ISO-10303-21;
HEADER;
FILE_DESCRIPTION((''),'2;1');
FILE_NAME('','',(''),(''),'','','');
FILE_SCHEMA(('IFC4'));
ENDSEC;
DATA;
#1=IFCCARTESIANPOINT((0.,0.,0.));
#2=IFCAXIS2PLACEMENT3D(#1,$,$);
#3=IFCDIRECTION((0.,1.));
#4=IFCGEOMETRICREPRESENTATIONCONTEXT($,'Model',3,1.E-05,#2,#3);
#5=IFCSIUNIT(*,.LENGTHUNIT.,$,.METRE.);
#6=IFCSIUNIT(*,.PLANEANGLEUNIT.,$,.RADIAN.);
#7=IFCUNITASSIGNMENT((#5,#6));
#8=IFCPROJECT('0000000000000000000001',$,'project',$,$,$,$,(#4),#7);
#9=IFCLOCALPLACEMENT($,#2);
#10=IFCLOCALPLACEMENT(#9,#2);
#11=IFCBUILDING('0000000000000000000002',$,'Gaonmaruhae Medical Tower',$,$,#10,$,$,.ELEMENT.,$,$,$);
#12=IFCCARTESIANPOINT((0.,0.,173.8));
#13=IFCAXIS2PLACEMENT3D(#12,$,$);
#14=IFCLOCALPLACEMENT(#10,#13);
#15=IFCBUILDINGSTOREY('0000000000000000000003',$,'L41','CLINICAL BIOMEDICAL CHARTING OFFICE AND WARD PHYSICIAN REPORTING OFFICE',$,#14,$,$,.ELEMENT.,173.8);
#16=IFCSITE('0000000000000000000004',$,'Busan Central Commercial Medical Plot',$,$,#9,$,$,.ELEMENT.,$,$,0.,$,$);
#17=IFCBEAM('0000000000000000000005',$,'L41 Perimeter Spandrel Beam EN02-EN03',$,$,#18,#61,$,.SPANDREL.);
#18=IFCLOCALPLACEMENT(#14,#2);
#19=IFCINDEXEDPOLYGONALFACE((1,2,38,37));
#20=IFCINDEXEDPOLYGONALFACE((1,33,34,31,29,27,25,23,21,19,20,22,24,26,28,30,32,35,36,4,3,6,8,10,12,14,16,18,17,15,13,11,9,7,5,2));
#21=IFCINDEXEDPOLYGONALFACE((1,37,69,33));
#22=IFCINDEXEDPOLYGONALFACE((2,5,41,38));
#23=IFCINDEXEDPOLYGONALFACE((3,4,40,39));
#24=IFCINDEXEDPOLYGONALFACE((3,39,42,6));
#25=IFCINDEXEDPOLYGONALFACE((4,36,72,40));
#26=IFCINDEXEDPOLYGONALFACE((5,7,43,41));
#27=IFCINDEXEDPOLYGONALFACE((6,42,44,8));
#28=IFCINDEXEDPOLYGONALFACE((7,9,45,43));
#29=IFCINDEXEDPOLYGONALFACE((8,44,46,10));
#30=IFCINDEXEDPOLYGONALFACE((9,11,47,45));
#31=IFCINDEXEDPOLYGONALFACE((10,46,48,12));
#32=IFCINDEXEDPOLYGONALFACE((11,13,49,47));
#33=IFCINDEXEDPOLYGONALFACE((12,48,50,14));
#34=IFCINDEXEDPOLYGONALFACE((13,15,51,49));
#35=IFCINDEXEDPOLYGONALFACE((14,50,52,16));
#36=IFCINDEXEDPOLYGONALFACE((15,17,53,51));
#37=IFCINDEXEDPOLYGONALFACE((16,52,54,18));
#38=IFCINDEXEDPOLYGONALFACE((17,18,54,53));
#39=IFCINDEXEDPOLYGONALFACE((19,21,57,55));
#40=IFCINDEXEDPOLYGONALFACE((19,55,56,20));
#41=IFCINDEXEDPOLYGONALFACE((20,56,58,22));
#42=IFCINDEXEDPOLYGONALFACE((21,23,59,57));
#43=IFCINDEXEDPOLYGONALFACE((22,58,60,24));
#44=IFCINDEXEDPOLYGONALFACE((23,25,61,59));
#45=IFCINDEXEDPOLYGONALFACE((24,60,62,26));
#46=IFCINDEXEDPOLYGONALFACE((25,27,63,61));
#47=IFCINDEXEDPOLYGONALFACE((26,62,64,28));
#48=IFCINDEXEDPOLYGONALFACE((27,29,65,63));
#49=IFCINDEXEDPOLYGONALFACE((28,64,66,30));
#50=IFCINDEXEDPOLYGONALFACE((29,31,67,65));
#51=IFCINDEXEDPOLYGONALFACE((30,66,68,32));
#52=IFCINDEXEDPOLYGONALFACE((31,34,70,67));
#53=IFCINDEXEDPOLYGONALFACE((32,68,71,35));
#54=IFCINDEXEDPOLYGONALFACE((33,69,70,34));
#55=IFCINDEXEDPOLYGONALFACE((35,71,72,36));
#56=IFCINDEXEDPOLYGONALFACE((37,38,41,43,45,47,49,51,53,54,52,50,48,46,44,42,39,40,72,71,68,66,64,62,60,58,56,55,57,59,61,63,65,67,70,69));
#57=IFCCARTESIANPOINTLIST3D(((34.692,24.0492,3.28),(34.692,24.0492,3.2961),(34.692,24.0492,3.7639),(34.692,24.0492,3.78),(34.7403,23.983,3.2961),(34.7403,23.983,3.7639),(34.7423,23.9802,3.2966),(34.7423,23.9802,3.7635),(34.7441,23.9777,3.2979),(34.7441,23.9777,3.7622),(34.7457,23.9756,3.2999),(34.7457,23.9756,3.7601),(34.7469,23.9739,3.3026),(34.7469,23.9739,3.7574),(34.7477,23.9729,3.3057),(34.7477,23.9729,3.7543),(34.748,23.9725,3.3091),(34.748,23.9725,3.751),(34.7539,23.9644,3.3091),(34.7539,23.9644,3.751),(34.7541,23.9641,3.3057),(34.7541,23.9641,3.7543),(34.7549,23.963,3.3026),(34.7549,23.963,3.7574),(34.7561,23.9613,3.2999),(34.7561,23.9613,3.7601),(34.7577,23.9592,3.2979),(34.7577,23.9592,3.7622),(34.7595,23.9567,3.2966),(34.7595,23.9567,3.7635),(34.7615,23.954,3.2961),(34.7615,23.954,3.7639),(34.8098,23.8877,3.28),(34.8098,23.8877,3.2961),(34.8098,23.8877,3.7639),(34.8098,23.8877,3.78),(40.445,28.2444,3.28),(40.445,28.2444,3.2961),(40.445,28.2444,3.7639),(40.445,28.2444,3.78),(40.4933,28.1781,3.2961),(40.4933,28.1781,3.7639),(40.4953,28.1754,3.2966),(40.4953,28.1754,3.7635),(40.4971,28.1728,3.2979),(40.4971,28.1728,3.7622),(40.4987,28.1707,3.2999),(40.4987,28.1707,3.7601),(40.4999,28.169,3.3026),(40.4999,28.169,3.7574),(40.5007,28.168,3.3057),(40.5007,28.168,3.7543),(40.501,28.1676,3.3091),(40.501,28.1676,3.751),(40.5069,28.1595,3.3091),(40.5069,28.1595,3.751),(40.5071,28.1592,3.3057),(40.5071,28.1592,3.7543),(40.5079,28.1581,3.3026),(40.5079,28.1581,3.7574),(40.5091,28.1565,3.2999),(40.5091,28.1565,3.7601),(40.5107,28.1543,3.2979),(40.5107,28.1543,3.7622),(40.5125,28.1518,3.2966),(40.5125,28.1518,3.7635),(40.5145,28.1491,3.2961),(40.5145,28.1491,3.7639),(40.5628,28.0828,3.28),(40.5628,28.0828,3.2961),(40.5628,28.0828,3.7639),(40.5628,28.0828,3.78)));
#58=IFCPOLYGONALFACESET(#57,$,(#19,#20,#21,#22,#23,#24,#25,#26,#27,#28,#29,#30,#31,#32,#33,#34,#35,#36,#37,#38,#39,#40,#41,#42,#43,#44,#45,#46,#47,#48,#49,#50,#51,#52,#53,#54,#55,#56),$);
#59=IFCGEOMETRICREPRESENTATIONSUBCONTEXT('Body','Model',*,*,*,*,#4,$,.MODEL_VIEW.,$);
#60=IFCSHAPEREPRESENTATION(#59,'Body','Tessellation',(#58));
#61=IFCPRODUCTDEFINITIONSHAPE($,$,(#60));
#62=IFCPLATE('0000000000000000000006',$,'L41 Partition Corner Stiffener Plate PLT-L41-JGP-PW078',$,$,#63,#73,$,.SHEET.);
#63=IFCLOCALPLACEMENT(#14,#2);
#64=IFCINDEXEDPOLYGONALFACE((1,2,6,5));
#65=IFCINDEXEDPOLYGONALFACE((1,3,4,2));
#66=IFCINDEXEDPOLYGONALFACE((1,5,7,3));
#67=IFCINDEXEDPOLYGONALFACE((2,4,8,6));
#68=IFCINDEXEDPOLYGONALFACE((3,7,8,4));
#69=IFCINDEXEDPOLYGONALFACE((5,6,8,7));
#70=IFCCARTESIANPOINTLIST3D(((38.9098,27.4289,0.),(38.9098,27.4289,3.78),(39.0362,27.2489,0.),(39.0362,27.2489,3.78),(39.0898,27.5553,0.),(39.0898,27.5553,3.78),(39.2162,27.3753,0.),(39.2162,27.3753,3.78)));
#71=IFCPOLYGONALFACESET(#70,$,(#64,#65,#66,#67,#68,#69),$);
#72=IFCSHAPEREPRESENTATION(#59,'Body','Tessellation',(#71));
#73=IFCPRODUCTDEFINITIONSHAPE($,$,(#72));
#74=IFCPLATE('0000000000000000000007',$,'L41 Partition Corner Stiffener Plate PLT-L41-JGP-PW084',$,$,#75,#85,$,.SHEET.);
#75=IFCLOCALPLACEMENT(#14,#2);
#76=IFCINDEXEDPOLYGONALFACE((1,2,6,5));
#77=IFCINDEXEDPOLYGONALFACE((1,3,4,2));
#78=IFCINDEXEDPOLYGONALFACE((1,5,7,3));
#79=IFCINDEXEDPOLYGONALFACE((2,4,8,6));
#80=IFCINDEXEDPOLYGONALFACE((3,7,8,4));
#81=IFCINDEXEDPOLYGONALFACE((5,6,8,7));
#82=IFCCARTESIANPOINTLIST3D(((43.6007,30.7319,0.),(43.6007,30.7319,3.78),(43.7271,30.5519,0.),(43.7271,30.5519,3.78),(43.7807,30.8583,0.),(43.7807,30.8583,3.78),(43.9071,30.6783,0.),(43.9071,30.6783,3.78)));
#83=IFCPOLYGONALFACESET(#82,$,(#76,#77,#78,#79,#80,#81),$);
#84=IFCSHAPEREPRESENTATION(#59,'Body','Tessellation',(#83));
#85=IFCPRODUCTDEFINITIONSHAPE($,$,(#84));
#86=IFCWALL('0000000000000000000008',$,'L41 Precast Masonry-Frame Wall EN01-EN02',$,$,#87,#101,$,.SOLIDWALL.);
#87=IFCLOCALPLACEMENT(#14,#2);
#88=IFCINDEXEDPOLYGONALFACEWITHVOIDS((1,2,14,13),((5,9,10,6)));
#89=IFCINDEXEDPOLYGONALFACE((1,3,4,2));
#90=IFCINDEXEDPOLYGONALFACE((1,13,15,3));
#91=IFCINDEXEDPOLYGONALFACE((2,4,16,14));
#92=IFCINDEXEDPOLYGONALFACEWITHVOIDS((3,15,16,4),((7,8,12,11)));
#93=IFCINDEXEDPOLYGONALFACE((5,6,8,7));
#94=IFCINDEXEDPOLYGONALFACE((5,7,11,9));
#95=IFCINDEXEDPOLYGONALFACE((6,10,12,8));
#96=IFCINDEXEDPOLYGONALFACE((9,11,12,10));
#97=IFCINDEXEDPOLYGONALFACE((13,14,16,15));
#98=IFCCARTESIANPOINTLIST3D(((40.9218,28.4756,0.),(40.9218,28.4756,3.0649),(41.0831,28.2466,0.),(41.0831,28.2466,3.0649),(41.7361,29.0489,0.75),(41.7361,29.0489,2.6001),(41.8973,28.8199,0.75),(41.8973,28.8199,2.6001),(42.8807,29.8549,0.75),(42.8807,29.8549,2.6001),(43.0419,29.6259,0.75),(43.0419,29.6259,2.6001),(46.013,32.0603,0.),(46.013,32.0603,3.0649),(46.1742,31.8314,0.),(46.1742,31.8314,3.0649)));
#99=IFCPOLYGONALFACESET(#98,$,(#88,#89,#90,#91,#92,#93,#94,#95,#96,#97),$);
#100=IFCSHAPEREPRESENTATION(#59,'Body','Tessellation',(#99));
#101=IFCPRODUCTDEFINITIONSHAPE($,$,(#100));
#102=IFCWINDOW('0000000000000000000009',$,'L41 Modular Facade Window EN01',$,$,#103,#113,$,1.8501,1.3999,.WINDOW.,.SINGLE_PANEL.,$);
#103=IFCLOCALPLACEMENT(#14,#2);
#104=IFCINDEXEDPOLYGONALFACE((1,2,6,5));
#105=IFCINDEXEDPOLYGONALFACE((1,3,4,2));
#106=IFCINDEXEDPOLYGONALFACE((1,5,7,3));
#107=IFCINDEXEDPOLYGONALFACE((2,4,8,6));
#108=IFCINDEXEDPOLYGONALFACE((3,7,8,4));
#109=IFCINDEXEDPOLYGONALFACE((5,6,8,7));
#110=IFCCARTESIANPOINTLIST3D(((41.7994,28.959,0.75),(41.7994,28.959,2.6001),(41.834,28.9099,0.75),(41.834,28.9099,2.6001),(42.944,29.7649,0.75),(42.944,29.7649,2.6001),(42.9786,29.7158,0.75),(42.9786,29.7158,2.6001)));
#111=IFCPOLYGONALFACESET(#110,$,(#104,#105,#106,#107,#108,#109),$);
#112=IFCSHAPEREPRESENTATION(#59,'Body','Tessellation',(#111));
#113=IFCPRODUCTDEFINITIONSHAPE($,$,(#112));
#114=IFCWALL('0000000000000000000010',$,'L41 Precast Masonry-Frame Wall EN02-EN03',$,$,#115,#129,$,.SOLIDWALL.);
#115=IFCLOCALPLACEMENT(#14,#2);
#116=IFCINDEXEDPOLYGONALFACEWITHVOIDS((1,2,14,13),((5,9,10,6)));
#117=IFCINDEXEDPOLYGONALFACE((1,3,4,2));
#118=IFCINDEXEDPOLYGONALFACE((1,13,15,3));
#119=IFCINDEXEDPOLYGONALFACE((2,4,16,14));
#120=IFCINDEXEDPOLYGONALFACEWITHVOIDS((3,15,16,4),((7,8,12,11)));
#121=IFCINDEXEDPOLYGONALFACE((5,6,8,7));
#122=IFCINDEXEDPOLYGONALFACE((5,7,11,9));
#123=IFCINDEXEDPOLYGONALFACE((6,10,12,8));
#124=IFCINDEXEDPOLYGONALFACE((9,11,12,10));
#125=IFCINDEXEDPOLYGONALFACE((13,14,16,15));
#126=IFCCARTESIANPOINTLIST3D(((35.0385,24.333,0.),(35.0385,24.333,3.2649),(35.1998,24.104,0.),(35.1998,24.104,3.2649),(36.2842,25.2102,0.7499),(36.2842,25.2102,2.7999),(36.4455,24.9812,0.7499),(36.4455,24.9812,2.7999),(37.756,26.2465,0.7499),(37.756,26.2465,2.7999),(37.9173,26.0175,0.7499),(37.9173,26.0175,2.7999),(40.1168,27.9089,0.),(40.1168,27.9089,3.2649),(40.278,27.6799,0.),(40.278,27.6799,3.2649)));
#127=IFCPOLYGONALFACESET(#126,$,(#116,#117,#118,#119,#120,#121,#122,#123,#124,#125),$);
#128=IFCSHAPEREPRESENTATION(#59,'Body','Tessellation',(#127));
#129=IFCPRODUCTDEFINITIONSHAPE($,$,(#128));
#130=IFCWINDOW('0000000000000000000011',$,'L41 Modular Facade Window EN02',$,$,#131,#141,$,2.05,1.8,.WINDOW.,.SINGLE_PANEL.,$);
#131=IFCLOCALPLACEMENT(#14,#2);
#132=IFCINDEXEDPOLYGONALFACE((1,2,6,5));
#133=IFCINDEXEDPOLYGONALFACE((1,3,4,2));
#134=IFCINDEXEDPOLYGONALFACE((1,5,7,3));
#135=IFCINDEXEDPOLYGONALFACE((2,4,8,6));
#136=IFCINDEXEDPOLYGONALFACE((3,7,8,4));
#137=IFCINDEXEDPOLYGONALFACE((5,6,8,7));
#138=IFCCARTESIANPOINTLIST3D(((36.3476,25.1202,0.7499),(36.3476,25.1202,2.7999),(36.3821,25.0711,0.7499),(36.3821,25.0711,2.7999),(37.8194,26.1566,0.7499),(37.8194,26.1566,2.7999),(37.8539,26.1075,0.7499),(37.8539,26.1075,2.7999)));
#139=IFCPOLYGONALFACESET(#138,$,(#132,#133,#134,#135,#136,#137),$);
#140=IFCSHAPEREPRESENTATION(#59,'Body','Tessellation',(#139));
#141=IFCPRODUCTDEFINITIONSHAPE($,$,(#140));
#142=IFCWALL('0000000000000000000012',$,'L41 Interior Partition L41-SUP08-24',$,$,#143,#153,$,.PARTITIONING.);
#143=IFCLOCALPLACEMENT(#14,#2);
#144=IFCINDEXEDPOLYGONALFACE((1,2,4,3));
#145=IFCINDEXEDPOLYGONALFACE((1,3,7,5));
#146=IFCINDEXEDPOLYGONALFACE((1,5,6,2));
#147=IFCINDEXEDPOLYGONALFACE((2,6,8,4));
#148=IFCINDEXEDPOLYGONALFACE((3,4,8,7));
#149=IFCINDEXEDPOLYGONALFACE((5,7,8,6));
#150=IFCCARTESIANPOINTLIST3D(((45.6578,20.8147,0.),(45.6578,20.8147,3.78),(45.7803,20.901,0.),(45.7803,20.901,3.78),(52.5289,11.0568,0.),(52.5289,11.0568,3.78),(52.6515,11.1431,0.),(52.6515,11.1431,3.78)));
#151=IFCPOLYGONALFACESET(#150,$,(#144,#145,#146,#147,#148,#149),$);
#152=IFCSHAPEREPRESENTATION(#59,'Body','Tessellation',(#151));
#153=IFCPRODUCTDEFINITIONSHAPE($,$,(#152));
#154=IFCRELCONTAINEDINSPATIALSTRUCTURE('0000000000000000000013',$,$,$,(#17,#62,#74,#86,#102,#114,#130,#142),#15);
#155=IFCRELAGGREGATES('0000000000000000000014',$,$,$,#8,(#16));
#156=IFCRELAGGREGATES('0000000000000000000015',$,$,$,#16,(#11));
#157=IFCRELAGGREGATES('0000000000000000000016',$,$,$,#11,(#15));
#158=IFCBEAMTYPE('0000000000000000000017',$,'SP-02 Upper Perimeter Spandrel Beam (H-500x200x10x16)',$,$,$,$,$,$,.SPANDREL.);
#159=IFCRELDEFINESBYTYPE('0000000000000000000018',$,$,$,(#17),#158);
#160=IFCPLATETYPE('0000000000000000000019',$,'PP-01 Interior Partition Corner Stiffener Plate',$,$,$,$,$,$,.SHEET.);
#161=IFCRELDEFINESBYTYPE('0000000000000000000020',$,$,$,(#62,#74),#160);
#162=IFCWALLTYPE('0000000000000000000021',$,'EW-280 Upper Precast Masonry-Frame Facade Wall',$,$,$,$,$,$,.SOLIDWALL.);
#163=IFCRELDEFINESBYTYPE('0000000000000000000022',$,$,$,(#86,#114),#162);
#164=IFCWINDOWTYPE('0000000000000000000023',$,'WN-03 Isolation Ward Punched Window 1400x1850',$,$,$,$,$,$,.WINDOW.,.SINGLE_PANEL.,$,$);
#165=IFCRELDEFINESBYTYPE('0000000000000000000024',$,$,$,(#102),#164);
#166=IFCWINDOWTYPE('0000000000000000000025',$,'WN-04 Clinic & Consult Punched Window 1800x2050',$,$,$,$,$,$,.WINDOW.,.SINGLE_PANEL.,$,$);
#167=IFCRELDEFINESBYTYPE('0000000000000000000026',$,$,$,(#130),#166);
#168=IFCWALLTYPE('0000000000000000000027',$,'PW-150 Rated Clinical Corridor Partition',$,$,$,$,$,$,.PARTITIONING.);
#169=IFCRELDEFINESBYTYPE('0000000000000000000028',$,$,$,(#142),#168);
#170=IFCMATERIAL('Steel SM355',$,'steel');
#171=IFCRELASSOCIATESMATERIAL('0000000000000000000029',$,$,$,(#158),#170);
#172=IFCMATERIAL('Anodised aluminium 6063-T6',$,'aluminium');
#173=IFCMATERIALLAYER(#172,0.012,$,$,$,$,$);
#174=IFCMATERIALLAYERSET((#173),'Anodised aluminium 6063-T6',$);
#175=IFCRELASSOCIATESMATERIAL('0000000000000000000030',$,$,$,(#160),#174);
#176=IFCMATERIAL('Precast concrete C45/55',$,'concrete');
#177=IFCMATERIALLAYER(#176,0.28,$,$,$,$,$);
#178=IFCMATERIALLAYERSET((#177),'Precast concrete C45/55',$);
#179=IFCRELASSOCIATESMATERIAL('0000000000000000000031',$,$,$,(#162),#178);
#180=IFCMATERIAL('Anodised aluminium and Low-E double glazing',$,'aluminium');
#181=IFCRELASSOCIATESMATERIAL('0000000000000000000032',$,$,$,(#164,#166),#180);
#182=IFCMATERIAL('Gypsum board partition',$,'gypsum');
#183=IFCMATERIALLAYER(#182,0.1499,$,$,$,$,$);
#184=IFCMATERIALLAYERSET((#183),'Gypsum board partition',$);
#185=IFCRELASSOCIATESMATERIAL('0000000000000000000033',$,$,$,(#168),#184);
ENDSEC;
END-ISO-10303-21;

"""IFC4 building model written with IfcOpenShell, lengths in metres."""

from ifc_helpers import new_model, si_unit, direction, frame, frame_2d, origin, origin_2d, place, context, subcontext, project, spatial, rectangle, i_section, extrude, material, layer, layer_set, material_profile, profile_set, type_object, element, fill, save


model = new_model("IFC4")

# Units and contexts
model_context = context("Model", 3, precision=1e-05, world=origin(), true_north=direction((0.0, 1.0)))
body_context = subcontext(model_context, "Body", "Model", "MODEL_VIEW")
ifc_project = project(units=[si_unit("LENGTHUNIT", "METRE"), si_unit("PLANEANGLEUNIT", "RADIAN")], contexts=[model_context])

# Site, building, storey
site_placement = place(None, origin())
site = spatial("IfcSite", under=ifc_project, at=site_placement, Name="Busan Central Commercial Medical Plot", CompositionType="ELEMENT", RefElevation=0.0)
building_placement = place(site_placement, origin())
building = spatial("IfcBuilding", under=site, at=building_placement, Name="Gaonmaruhae Medical Tower", CompositionType="ELEMENT")
storey_placement = place(building_placement, frame((0.0, 0.0, 173.8)))
storey = spatial("IfcBuildingStorey", under=building, at=storey_placement, Name="L41", Description="CLINICAL BIOMEDICAL CHARTING OFFICE AND WARD PHYSICIAN REPORTING OFFICE", CompositionType="ELEMENT", Elevation=173.8)

# Beam
ifc_material_1 = material(Name="Steel SM355", Category="steel")
ifc_material_profile_1 = material_profile(ifc_material_1, i_section(OverallWidth=0.2, OverallDepth=0.5, WebThickness=0.01, FlangeThickness=0.0161, FilletRadius=0.0129, at=origin_2d()), Name="H-500x200x10x16")
ifc_profile_set_1 = profile_set([ifc_material_profile_1], Name="Steel SM355")
beam_type_1 = type_object("IfcBeamType", Name="SP-02 Upper Perimeter Spandrel Beam (H-500x200x10x16)", PredefinedType="SPANDREL", material=ifc_profile_set_1)
for number, where, z_axis, x_axis, name in (
    (1, (40.5039, 28.1636, 3.53), (-0.807993, -0.589193, 0.0), (0.589193, -0.807993, 0.0), "L41 Perimeter Spandrel Beam EN02-EN03"),
):
    element("IfcBeam", number, at=place(storey_placement, frame(where, z_axis=z_axis, x_axis=x_axis)), inside=storey, type_object=beam_type_1, Name=name, PredefinedType="SPANDREL", context=body_context, shape_type="SweptSolid", body=[
        extrude(i_section(OverallWidth=0.2, OverallDepth=0.5, WebThickness=0.01, FlangeThickness=0.0161, FilletRadius=0.0129, at=origin_2d()), origin(), (0.0, 0.0, 1.0), 7.1201),
    ])

# Plates
ifc_material_2 = material(Name="Anodised aluminium 6063-T6", Category="aluminium")
ifc_layer_1 = layer(ifc_material_2, 0.012)
ifc_layer_set_1 = layer_set([ifc_layer_1], Name="Anodised aluminium 6063-T6")
plate_type = type_object("IfcPlateType", Name="PP-01 Interior Partition Corner Stiffener Plate", PredefinedType="SHEET", material=ifc_layer_set_1)
for number, where, z_axis, x_axis, name in (
    (2, (39.063, 27.4021, 0.0), (0.0, 0.0, 1.0), (0.574691, -0.81837, 0.0), "L41 Partition Corner Stiffener Plate PLT-L41-JGP-PW078"),
    (3, (43.7539, 30.7051, 0.0), (0.0, 0.0, 1.0), (0.574691, -0.81837, 0.0), "L41 Partition Corner Stiffener Plate PLT-L41-JGP-PW084"),
):
    element("IfcPlate", number, at=place(storey_placement, frame(where, z_axis=z_axis, x_axis=x_axis)), inside=storey, type_object=plate_type, Name=name, PredefinedType="SHEET", context=body_context, shape_type="SweptSolid", body=[
        extrude(rectangle(XDim=0.22, YDim=0.22, at=origin_2d()), origin(), (0.0, 0.0, 1.0), 3.78),
    ])

# Walls, openings, windows
ifc_material_3 = material(Name="Precast concrete C45/55", Category="concrete")
ifc_layer_2 = layer(ifc_material_3, 0.28)
ifc_layer_set_2 = layer_set([ifc_layer_2], Name="Precast concrete C45/55")
wall_type_1 = type_object("IfcWallType", Name="EW-280 Upper Precast Masonry-Frame Facade Wall", PredefinedType="SOLIDWALL", material=ifc_layer_set_2)
wall_1_placement = place(storey_placement, frame((41.0024, 28.3611, 0.0), z_axis=(0.0, 0.0, 1.0), x_axis=(0.817646, 0.575721, 0.0)))
wall_1 = element("IfcWall", 4, at=wall_1_placement, inside=storey, type_object=wall_type_1, Name="L41 Precast Masonry-Frame Wall EN01-EN02", PredefinedType="SOLIDWALL", context=body_context, shape_type="SweptSolid", body=[
    extrude(rectangle(XDim=6.2266, YDim=0.28, at=frame_2d((3.1133, 0.0))), origin(), (0.0, 0.0, 1.0), 3.0649),
])
opening_1_placement = place(wall_1_placement, frame((0.9958, 0.0, 0.75)))
opening_1 = element("IfcOpeningElement", 5, at=opening_1_placement, cuts=wall_1, PredefinedType="OPENING", context=body_context, shape_type="SweptSolid", body=[
    extrude(rectangle(XDim=1.3999, YDim=1.8501, at=frame_2d((0.7, 0.925))), frame((0.0, 0.1499, 0.0), z_axis=(0.0, -1.0, 0.0), x_axis=(1.0, 0.0, 0.0)), (0.0, 0.0, 1.0), 0.3),
])
ifc_material_4 = material(Name="Anodised aluminium and Low-E double glazing", Category="aluminium")
window_type_1 = type_object("IfcWindowType", Name="WN-03 Isolation Ward Punched Window 1400x1850", PartitioningType="SINGLE_PANEL", PredefinedType="WINDOW", material=ifc_material_4)
window_1_placement = place(opening_1_placement, origin())
window_1 = element("IfcWindow", 6, at=window_1_placement, inside=storey, type_object=window_type_1, Name="L41 Modular Facade Window EN01", OverallHeight=1.8501, OverallWidth=1.3999, PartitioningType="SINGLE_PANEL", PredefinedType="WINDOW", context=body_context, shape_type="SweptSolid", body=[
    extrude(rectangle(XDim=1.3999, YDim=1.8501, at=frame_2d((0.7, 0.925))), frame((0.0, 0.03, 0.0), z_axis=(0.0, -1.0, 0.0), x_axis=(1.0, 0.0, 0.0)), (0.0, 0.0, 1.0), 0.0601),
])
fill(opening_1, window_1)
wall_2_placement = place(storey_placement, frame((35.1191, 24.2185, 0.0), z_axis=(0.0, 0.0, 1.0), x_axis=(0.817635, 0.575737, 0.0)))
wall_2 = element("IfcWall", 7, at=wall_2_placement, inside=storey, type_object=wall_type_1, Name="L41 Precast Masonry-Frame Wall EN02-EN03", PredefinedType="SOLIDWALL", context=body_context, shape_type="SweptSolid", body=[
    extrude(rectangle(XDim=6.2109, YDim=0.28, at=frame_2d((3.1055, 0.0))), origin(), (0.0, 0.0, 1.0), 3.2649),
])
opening_2_placement = place(wall_2_placement, frame((1.5237, 0.0, 0.75)))
opening_2 = element("IfcOpeningElement", 8, at=opening_2_placement, cuts=wall_2, PredefinedType="OPENING", context=body_context, shape_type="SweptSolid", body=[
    extrude(rectangle(XDim=1.8, YDim=2.05, at=frame_2d((0.8999, 1.0249))), frame((0.0, 0.1499, 0.0), z_axis=(0.0, -1.0, 0.0), x_axis=(1.0, 0.0, 0.0)), (0.0, 0.0, 1.0), 0.3),
])
window_type_2 = type_object("IfcWindowType", Name="WN-04 Clinic & Consult Punched Window 1800x2050", PartitioningType="SINGLE_PANEL", PredefinedType="WINDOW", material=ifc_material_4)
window_2_placement = place(opening_2_placement, origin())
window_2 = element("IfcWindow", 9, at=window_2_placement, inside=storey, type_object=window_type_2, Name="L41 Modular Facade Window EN02", OverallHeight=2.05, OverallWidth=1.8, PartitioningType="SINGLE_PANEL", PredefinedType="WINDOW", context=body_context, shape_type="SweptSolid", body=[
    extrude(rectangle(XDim=1.8, YDim=2.05, at=frame_2d((0.8999, 1.0249))), frame((0.0, 0.03, 0.0), z_axis=(0.0, -1.0, 0.0), x_axis=(1.0, 0.0, 0.0)), (0.0, 0.0, 1.0), 0.0601),
])
fill(opening_2, window_2)

# Wall
ifc_material_5 = material(Name="Gypsum board partition", Category="gypsum")
ifc_layer_3 = layer(ifc_material_5, 0.1499)
ifc_layer_set_3 = layer_set([ifc_layer_3], Name="Gypsum board partition")
wall_type_2 = type_object("IfcWallType", Name="PW-150 Rated Clinical Corridor Partition", PredefinedType="PARTITIONING", material=ifc_layer_set_3)
wall_3_placement = place(storey_placement, frame((45.719, 20.8579, 0.0), z_axis=(0.0, 0.0, 1.0), x_axis=(0.575745, -0.81763, 0.0)))
element("IfcWall", 10, at=wall_3_placement, inside=storey, type_object=wall_type_2, Name="L41 Interior Partition L41-SUP08-24", PredefinedType="PARTITIONING", context=body_context, shape_type="SweptSolid", body=[
    extrude(rectangle(XDim=11.9343, YDim=0.1499, at=frame_2d((5.9673, 0.0))), origin(), (0.0, 0.0, 1.0), 3.78),
])

save(model, "model.ifc")
